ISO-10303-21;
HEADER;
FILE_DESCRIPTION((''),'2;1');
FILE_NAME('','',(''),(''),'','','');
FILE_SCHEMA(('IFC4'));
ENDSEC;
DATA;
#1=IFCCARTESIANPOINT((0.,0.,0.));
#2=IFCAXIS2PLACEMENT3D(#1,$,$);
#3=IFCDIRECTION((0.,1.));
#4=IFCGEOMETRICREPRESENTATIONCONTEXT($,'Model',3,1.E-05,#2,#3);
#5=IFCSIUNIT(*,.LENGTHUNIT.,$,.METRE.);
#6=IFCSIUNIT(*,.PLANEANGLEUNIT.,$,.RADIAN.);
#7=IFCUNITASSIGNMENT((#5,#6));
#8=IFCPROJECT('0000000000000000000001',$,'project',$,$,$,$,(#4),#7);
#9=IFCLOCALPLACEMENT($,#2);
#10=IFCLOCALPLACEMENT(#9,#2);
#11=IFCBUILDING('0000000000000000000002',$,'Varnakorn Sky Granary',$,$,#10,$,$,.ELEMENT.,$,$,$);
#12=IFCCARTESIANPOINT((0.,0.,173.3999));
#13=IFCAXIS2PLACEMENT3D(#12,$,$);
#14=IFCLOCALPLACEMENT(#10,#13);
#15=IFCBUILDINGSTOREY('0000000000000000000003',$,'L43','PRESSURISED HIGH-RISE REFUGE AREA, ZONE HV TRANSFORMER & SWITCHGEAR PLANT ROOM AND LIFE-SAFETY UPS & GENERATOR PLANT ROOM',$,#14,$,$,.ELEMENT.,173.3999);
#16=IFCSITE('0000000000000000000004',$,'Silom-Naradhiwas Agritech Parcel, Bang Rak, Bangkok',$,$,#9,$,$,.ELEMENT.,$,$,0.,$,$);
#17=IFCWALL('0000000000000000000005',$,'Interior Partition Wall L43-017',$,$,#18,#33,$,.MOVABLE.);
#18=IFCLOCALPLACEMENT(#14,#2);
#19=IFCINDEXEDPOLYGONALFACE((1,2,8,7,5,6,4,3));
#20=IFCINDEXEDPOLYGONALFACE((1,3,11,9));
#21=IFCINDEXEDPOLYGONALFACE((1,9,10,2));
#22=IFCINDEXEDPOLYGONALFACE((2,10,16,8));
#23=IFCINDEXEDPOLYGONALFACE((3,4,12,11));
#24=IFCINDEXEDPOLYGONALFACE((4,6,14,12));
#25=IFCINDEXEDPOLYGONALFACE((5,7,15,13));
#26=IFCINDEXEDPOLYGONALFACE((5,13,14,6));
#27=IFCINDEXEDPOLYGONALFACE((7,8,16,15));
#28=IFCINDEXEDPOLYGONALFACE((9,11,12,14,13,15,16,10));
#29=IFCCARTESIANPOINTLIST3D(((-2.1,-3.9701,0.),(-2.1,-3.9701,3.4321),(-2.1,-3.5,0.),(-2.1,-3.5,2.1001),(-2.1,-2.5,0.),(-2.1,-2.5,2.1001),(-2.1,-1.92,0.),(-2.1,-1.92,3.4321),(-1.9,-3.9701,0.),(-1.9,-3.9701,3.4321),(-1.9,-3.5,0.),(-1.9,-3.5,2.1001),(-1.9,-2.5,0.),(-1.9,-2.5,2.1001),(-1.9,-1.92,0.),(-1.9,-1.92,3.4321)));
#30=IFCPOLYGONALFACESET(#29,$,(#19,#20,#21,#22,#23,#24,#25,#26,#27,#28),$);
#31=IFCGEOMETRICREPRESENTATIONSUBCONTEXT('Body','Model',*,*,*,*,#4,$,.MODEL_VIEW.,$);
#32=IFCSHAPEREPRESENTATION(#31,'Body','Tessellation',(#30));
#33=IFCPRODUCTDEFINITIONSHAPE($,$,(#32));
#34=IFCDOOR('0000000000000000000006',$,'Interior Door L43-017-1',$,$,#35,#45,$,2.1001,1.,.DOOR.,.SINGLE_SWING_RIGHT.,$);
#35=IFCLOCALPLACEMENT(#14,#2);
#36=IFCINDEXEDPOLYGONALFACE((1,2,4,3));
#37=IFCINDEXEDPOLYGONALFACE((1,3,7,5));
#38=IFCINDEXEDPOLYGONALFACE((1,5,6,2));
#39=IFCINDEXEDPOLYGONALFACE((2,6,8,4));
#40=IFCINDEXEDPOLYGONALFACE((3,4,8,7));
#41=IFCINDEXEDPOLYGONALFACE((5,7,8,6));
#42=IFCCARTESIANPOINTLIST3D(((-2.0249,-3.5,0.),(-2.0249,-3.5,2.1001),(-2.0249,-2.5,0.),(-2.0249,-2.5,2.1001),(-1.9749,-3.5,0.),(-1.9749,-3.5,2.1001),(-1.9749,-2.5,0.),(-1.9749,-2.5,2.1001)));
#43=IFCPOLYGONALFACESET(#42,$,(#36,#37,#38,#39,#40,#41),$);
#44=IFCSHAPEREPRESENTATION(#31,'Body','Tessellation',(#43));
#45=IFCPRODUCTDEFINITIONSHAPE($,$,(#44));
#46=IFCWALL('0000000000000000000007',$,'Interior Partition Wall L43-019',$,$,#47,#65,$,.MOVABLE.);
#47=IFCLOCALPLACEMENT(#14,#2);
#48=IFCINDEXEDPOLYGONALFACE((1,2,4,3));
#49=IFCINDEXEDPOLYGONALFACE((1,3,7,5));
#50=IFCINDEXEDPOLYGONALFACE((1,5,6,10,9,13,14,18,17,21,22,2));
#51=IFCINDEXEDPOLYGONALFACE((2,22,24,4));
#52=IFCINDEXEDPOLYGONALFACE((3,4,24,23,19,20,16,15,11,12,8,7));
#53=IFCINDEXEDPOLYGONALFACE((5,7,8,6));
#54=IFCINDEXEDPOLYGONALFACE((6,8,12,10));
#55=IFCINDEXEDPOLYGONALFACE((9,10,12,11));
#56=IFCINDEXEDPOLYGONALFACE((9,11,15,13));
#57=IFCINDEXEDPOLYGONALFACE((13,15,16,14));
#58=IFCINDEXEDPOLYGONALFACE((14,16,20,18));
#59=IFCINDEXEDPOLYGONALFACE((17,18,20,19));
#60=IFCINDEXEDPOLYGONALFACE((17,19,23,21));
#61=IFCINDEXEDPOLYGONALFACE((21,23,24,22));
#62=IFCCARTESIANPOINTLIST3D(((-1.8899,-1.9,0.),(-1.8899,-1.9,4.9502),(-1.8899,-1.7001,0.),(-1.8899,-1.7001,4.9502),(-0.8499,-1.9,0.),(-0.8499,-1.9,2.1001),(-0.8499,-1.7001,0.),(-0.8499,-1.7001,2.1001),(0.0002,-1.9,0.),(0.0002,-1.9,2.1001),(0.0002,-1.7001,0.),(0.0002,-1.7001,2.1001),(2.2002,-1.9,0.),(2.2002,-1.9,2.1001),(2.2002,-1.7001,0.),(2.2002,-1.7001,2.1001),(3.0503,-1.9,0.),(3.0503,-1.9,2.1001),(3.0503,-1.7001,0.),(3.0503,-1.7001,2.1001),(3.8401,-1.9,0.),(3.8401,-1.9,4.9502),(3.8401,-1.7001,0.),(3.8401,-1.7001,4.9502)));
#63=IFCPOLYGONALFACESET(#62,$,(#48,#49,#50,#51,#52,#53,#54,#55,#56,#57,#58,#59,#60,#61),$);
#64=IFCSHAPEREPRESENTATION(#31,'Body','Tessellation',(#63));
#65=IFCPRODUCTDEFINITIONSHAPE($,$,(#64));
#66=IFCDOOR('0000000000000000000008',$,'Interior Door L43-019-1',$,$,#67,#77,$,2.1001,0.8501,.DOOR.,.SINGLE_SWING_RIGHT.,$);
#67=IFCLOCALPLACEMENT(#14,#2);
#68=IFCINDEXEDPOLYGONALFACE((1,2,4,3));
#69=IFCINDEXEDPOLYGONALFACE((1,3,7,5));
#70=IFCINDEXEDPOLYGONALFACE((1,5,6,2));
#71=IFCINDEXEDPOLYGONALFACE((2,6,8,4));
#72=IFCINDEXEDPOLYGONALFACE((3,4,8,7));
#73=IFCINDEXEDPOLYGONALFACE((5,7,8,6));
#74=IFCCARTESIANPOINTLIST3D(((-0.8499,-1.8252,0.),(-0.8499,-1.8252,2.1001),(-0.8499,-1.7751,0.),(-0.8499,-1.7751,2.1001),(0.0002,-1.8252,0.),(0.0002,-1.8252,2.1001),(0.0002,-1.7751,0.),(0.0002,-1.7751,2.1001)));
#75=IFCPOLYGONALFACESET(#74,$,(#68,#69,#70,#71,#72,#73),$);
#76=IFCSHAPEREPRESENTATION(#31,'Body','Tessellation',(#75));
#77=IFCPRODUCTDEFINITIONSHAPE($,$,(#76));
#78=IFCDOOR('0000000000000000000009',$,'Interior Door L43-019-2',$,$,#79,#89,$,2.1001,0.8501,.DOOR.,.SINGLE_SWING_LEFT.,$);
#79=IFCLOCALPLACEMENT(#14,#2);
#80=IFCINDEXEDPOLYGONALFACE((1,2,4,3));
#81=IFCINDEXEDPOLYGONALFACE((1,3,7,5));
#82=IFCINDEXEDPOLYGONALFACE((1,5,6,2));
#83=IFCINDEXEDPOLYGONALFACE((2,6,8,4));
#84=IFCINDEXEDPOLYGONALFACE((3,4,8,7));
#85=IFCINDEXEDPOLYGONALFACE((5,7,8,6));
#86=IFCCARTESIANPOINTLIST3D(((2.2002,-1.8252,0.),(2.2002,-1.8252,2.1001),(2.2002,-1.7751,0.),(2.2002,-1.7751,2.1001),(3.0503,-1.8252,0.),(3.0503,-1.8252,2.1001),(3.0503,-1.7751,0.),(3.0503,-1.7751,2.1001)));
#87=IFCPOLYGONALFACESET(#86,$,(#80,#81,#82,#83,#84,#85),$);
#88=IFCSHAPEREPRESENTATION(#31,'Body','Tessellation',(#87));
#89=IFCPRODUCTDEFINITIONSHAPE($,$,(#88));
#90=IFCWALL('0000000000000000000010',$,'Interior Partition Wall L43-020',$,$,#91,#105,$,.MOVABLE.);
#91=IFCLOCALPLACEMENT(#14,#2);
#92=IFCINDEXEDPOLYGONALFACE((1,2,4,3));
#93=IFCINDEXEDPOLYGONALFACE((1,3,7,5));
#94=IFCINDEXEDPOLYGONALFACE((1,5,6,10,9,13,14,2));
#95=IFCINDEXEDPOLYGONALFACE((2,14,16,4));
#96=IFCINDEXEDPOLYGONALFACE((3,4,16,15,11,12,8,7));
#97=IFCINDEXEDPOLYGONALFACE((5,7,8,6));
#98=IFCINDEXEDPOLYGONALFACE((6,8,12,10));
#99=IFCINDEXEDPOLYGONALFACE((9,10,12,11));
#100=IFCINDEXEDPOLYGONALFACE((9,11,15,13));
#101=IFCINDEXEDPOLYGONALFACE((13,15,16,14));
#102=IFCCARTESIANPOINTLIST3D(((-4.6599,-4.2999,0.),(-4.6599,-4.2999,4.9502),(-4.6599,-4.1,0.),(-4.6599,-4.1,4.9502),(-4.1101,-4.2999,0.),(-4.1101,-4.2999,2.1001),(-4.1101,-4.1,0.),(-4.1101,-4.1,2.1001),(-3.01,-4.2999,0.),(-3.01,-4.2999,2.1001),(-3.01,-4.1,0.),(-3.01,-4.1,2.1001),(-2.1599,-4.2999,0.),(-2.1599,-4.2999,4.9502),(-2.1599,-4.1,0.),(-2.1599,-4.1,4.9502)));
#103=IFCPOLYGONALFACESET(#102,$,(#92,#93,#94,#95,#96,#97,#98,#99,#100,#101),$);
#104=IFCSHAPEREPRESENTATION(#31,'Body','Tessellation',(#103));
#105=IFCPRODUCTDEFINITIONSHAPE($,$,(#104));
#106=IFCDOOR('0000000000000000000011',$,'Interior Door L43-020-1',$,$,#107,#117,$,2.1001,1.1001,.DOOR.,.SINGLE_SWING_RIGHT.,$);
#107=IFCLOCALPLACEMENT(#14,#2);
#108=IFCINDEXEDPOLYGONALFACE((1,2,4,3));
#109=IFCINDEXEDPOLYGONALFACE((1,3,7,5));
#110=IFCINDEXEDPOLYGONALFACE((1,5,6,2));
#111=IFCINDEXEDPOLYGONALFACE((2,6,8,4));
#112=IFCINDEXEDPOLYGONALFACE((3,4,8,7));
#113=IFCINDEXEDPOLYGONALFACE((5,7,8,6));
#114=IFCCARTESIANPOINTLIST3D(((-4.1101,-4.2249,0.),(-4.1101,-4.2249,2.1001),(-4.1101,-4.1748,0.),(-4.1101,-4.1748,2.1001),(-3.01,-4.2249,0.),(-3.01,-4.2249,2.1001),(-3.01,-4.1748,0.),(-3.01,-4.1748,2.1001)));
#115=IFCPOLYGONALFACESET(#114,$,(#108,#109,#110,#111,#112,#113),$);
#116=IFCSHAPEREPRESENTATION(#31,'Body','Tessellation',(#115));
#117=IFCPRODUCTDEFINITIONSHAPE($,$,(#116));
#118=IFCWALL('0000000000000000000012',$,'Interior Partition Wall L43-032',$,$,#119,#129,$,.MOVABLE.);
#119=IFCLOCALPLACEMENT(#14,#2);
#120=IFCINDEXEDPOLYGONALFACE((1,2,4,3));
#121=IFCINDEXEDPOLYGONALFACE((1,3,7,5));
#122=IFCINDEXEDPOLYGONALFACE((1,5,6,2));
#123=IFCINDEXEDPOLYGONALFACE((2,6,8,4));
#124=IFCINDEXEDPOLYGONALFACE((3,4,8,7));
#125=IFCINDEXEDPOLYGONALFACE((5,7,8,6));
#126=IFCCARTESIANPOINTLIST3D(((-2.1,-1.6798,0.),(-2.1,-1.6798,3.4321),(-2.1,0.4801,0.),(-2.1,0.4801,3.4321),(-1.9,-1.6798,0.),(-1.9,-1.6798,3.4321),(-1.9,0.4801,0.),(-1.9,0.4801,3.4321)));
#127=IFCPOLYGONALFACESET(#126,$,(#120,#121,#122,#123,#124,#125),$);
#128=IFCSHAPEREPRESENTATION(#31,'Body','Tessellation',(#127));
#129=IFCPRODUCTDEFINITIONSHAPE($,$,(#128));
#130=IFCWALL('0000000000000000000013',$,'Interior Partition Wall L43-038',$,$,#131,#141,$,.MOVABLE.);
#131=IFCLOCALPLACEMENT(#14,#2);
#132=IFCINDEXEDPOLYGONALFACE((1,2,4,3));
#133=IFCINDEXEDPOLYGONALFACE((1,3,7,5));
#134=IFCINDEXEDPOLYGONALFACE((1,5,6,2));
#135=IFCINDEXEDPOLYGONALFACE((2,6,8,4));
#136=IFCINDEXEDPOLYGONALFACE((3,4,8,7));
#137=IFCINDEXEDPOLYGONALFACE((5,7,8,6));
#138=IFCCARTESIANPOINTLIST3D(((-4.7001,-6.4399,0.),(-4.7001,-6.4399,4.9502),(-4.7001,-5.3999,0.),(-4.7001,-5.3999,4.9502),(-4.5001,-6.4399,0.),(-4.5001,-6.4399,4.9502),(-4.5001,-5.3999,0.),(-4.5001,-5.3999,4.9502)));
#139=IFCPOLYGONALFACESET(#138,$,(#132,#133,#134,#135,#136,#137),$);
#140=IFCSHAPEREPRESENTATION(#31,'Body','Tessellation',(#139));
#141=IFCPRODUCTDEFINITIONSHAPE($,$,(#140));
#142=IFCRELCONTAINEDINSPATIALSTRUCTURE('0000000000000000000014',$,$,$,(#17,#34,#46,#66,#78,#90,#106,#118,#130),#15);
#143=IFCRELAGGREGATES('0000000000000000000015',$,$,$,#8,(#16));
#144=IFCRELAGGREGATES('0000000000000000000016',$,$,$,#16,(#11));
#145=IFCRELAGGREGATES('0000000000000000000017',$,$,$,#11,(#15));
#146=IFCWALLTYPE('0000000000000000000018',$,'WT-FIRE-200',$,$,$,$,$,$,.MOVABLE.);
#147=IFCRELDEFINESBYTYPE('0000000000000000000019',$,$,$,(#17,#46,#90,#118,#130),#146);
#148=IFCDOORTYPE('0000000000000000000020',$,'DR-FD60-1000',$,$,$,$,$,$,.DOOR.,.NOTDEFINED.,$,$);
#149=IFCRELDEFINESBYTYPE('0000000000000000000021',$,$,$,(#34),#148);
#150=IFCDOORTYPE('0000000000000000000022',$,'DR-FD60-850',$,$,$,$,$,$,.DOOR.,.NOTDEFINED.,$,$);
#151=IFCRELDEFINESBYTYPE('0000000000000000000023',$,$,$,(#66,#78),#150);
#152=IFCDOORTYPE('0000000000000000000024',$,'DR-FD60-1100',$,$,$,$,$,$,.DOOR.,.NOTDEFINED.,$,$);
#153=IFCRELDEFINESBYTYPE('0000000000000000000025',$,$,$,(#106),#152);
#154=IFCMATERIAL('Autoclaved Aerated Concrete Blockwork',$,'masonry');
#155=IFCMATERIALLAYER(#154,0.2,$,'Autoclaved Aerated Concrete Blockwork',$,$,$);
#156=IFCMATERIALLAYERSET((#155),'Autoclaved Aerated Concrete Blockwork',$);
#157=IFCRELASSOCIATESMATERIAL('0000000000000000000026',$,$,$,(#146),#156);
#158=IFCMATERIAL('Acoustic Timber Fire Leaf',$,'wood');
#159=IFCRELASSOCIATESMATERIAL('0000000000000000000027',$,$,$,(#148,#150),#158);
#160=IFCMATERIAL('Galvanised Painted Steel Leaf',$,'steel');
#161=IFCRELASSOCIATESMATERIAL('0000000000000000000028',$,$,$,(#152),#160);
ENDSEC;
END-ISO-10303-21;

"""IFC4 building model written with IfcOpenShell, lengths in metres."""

from ifc_helpers import new_model, si_unit, direction, frame, frame_2d, origin, place, context, subcontext, project, spatial, rectangle, extrude, material, layer, layer_set, type_object, element, fill, save


model = new_model("IFC4")

# Units and contexts
model_context = context("Model", 3, precision=1e-05, world=origin(), true_north=direction((0.0, 1.0)))
body_context = subcontext(model_context, "Body", "Model", "MODEL_VIEW")
ifc_project = project(units=[si_unit("LENGTHUNIT", "METRE"), si_unit("PLANEANGLEUNIT", "RADIAN")], contexts=[model_context])

# Site, building, storey
site_placement = place(None, origin())
site = spatial("IfcSite", under=ifc_project, at=site_placement, Name="Silom-Naradhiwas Agritech Parcel, Bang Rak, Bangkok", CompositionType="ELEMENT", RefElevation=0.0)
building_placement = place(site_placement, origin())
building = spatial("IfcBuilding", under=site, at=building_placement, Name="Varnakorn Sky Granary", CompositionType="ELEMENT")
storey_placement = place(building_placement, frame((0.0, 0.0, 173.3999)))
storey = spatial("IfcBuildingStorey", under=building, at=storey_placement, Name="L43", Description="PRESSURISED HIGH-RISE REFUGE AREA, ZONE HV TRANSFORMER & SWITCHGEAR PLANT ROOM AND LIFE-SAFETY UPS & GENERATOR PLANT ROOM", CompositionType="ELEMENT", Elevation=173.3999)

# Wall, opening, door
ifc_material_1 = material(Name="Autoclaved Aerated Concrete Blockwork", Category="masonry")
ifc_layer_1 = layer(ifc_material_1, 0.2, Name="Autoclaved Aerated Concrete Blockwork")
ifc_layer_set_1 = layer_set([ifc_layer_1], Name="Autoclaved Aerated Concrete Blockwork")
wall_type_1 = type_object("IfcWallType", Name="WT-FIRE-200", PredefinedType="MOVABLE", material=ifc_layer_set_1)
wall_1_placement = place(storey_placement, frame((-2.0, -3.97, 0.0), z_axis=(0.0, 0.0, 1.0), x_axis=(0.0, 1.0, 0.0)))
wall_1 = element("IfcWall", 1, at=wall_1_placement, inside=storey, type_object=wall_type_1, Name="Interior Partition Wall L43-017", PredefinedType="MOVABLE", context=body_context, shape_type="SweptSolid", body=[
    extrude(rectangle(XDim=2.05, YDim=0.2, at=frame_2d((1.0249, 0.0))), origin(), (0.0, 0.0, 1.0), 3.4321),
])
opening_1_placement = place(wall_1_placement, frame((0.47, 0.0, 0.0)))
opening_1 = element("IfcOpeningElement", 2, at=opening_1_placement, cuts=wall_1, PredefinedType="OPENING", context=body_context, shape_type="SweptSolid", body=[
    extrude(rectangle(XDim=1.0, YDim=2.1001, at=frame_2d((0.5, 1.05))), frame((0.0, 0.1099, 0.0), z_axis=(0.0, -1.0, 0.0), x_axis=(1.0, 0.0, 0.0)), (0.0, 0.0, 1.0), 0.22),
])
ifc_material_2 = material(Name="Acoustic Timber Fire Leaf", Category="wood")
door_type_1 = type_object("IfcDoorType", Name="DR-FD60-1000", OperationType="NOTDEFINED", PredefinedType="DOOR", material=ifc_material_2)
door_1_placement = place(opening_1_placement, origin())
door_1 = element("IfcDoor", 3, at=door_1_placement, inside=storey, type_object=door_type_1, Name="Interior Door L43-017-1", OperationType="SINGLE_SWING_RIGHT", OverallHeight=2.1001, OverallWidth=1.0, PredefinedType="DOOR", context=body_context, shape_type="SweptSolid", body=[
    extrude(rectangle(XDim=1.0, YDim=2.1001, at=frame_2d((0.5, 1.05))), frame((0.0, 0.0249, 0.0), z_axis=(0.0, -1.0, 0.0), x_axis=(1.0, 0.0, 0.0)), (0.0, 0.0, 1.0), 0.05),
])
fill(opening_1, door_1)

# Wall, openings, doors
wall_2_placement = place(storey_placement, frame((-1.8899, -1.8, 0.0), z_axis=(0.0, 0.0, 1.0), x_axis=(1.0, 0.0, 0.0)))
wall_2 = element("IfcWall", 4, at=wall_2_placement, inside=storey, type_object=wall_type_1, Name="Interior Partition Wall L43-019", PredefinedType="MOVABLE", context=body_context, shape_type="SweptSolid", body=[
    extrude(rectangle(XDim=5.73, YDim=0.2, at=frame_2d((2.865, 0.0))), origin(), (0.0, 0.0, 1.0), 4.9502),
])
opening_2_placement = place(wall_2_placement, frame((1.04, 0.0, 0.0)))
opening_2 = element("IfcOpeningElement", 5, at=opening_2_placement, cuts=wall_2, PredefinedType="OPENING", context=body_context, shape_type="SweptSolid", body=[
    extrude(rectangle(XDim=0.8501, YDim=2.1001, at=frame_2d((0.425, 1.05))), frame((0.0, 0.1099, 0.0), z_axis=(0.0, -1.0, 0.0), x_axis=(1.0, 0.0, 0.0)), (0.0, 0.0, 1.0), 0.22),
])
opening_3_placement = place(wall_2_placement, frame((4.0901, 0.0, 0.0)))
opening_3 = element("IfcOpeningElement", 6, at=opening_3_placement, cuts=wall_2, PredefinedType="OPENING", context=body_context, shape_type="SweptSolid", body=[
    extrude(rectangle(XDim=0.8501, YDim=2.1001, at=frame_2d((0.425, 1.05))), frame((0.0, 0.1099, 0.0), z_axis=(0.0, -1.0, 0.0), x_axis=(1.0, 0.0, 0.0)), (0.0, 0.0, 1.0), 0.22),
])
door_type_2 = type_object("IfcDoorType", Name="DR-FD60-850", OperationType="NOTDEFINED", PredefinedType="DOOR", material=ifc_material_2)
door_2_placement = place(opening_2_placement, origin())
door_2 = element("IfcDoor", 7, at=door_2_placement, inside=storey, type_object=door_type_2, Name="Interior Door L43-019-1", OperationType="SINGLE_SWING_RIGHT", OverallHeight=2.1001, OverallWidth=0.8501, PredefinedType="DOOR", context=body_context, shape_type="SweptSolid", body=[
    extrude(rectangle(XDim=0.8501, YDim=2.1001, at=frame_2d((0.425, 1.05))), frame((0.0, 0.0249, 0.0), z_axis=(0.0, -1.0, 0.0), x_axis=(1.0, 0.0, 0.0)), (0.0, 0.0, 1.0), 0.05),
])
fill(opening_2, door_2)
door_3_placement = place(opening_3_placement, origin())
door_3 = element("IfcDoor", 8, at=door_3_placement, inside=storey, type_object=door_type_2, Name="Interior Door L43-019-2", OperationType="SINGLE_SWING_LEFT", OverallHeight=2.1001, OverallWidth=0.8501, PredefinedType="DOOR", context=body_context, shape_type="SweptSolid", body=[
    extrude(rectangle(XDim=0.8501, YDim=2.1001, at=frame_2d((0.425, 1.05))), frame((0.0, 0.0249, 0.0), z_axis=(0.0, -1.0, 0.0), x_axis=(1.0, 0.0, 0.0)), (0.0, 0.0, 1.0), 0.05),
])
fill(opening_3, door_3)

# Wall, opening, door
wall_3_placement = place(storey_placement, frame((-2.1599, -4.2, 0.0), z_axis=(0.0, 0.0, 1.0), x_axis=(-1.0, 0.0, 0.0)))
wall_3 = element("IfcWall", 9, at=wall_3_placement, inside=storey, type_object=wall_type_1, Name="Interior Partition Wall L43-020", PredefinedType="MOVABLE", context=body_context, shape_type="SweptSolid", body=[
    extrude(rectangle(XDim=2.5, YDim=0.2, at=frame_2d((1.25, 0.0))), origin(), (0.0, 0.0, 1.0), 4.9502),
])
opening_4_placement = place(wall_3_placement, frame((0.8501, 0.0, 0.0)))
opening_4 = element("IfcOpeningElement", 10, at=opening_4_placement, cuts=wall_3, PredefinedType="OPENING", context=body_context, shape_type="SweptSolid", body=[
    extrude(rectangle(XDim=1.1001, YDim=2.1001, at=frame_2d((0.55, 1.05))), frame((0.0, 0.1099, 0.0), z_axis=(0.0, -1.0, 0.0), x_axis=(1.0, 0.0, 0.0)), (0.0, 0.0, 1.0), 0.22),
])
ifc_material_3 = material(Name="Galvanised Painted Steel Leaf", Category="steel")
door_type_3 = type_object("IfcDoorType", Name="DR-FD60-1100", OperationType="NOTDEFINED", PredefinedType="DOOR", material=ifc_material_3)
door_4_placement = place(opening_4_placement, origin())
door_4 = element("IfcDoor", 11, at=door_4_placement, inside=storey, type_object=door_type_3, Name="Interior Door L43-020-1", OperationType="SINGLE_SWING_RIGHT", OverallHeight=2.1001, OverallWidth=1.1001, PredefinedType="DOOR", context=body_context, shape_type="SweptSolid", body=[
    extrude(rectangle(XDim=1.1001, YDim=2.1001, at=frame_2d((0.55, 1.05))), frame((0.0, 0.0249, 0.0), z_axis=(0.0, -1.0, 0.0), x_axis=(1.0, 0.0, 0.0)), (0.0, 0.0, 1.0), 0.05),
])
fill(opening_4, door_4)

# Walls
wall_4_placement = place(storey_placement, frame((-2.0, -1.6799, 0.0), z_axis=(0.0, 0.0, 1.0), x_axis=(0.0, 1.0, 0.0)))
element("IfcWall", 12, at=wall_4_placement, inside=storey, type_object=wall_type_1, Name="Interior Partition Wall L43-032", PredefinedType="MOVABLE", context=body_context, shape_type="SweptSolid", body=[
    extrude(rectangle(XDim=2.1599, YDim=0.2, at=frame_2d((1.0801, 0.0))), origin(), (0.0, 0.0, 1.0), 3.4321),
])
wall_5_placement = place(storey_placement, frame((-4.6001, -5.3999, 0.0), z_axis=(0.0, 0.0, 1.0), x_axis=(0.0, -1.0, 0.0)))
element("IfcWall", 13, at=wall_5_placement, inside=storey, type_object=wall_type_1, Name="Interior Partition Wall L43-038", PredefinedType="MOVABLE", context=body_context, shape_type="SweptSolid", body=[
    extrude(rectangle(XDim=1.04, YDim=0.2, at=frame_2d((0.52, 0.0))), origin(), (0.0, 0.0, 1.0), 4.9502),
])

save(model, "model.ifc")
